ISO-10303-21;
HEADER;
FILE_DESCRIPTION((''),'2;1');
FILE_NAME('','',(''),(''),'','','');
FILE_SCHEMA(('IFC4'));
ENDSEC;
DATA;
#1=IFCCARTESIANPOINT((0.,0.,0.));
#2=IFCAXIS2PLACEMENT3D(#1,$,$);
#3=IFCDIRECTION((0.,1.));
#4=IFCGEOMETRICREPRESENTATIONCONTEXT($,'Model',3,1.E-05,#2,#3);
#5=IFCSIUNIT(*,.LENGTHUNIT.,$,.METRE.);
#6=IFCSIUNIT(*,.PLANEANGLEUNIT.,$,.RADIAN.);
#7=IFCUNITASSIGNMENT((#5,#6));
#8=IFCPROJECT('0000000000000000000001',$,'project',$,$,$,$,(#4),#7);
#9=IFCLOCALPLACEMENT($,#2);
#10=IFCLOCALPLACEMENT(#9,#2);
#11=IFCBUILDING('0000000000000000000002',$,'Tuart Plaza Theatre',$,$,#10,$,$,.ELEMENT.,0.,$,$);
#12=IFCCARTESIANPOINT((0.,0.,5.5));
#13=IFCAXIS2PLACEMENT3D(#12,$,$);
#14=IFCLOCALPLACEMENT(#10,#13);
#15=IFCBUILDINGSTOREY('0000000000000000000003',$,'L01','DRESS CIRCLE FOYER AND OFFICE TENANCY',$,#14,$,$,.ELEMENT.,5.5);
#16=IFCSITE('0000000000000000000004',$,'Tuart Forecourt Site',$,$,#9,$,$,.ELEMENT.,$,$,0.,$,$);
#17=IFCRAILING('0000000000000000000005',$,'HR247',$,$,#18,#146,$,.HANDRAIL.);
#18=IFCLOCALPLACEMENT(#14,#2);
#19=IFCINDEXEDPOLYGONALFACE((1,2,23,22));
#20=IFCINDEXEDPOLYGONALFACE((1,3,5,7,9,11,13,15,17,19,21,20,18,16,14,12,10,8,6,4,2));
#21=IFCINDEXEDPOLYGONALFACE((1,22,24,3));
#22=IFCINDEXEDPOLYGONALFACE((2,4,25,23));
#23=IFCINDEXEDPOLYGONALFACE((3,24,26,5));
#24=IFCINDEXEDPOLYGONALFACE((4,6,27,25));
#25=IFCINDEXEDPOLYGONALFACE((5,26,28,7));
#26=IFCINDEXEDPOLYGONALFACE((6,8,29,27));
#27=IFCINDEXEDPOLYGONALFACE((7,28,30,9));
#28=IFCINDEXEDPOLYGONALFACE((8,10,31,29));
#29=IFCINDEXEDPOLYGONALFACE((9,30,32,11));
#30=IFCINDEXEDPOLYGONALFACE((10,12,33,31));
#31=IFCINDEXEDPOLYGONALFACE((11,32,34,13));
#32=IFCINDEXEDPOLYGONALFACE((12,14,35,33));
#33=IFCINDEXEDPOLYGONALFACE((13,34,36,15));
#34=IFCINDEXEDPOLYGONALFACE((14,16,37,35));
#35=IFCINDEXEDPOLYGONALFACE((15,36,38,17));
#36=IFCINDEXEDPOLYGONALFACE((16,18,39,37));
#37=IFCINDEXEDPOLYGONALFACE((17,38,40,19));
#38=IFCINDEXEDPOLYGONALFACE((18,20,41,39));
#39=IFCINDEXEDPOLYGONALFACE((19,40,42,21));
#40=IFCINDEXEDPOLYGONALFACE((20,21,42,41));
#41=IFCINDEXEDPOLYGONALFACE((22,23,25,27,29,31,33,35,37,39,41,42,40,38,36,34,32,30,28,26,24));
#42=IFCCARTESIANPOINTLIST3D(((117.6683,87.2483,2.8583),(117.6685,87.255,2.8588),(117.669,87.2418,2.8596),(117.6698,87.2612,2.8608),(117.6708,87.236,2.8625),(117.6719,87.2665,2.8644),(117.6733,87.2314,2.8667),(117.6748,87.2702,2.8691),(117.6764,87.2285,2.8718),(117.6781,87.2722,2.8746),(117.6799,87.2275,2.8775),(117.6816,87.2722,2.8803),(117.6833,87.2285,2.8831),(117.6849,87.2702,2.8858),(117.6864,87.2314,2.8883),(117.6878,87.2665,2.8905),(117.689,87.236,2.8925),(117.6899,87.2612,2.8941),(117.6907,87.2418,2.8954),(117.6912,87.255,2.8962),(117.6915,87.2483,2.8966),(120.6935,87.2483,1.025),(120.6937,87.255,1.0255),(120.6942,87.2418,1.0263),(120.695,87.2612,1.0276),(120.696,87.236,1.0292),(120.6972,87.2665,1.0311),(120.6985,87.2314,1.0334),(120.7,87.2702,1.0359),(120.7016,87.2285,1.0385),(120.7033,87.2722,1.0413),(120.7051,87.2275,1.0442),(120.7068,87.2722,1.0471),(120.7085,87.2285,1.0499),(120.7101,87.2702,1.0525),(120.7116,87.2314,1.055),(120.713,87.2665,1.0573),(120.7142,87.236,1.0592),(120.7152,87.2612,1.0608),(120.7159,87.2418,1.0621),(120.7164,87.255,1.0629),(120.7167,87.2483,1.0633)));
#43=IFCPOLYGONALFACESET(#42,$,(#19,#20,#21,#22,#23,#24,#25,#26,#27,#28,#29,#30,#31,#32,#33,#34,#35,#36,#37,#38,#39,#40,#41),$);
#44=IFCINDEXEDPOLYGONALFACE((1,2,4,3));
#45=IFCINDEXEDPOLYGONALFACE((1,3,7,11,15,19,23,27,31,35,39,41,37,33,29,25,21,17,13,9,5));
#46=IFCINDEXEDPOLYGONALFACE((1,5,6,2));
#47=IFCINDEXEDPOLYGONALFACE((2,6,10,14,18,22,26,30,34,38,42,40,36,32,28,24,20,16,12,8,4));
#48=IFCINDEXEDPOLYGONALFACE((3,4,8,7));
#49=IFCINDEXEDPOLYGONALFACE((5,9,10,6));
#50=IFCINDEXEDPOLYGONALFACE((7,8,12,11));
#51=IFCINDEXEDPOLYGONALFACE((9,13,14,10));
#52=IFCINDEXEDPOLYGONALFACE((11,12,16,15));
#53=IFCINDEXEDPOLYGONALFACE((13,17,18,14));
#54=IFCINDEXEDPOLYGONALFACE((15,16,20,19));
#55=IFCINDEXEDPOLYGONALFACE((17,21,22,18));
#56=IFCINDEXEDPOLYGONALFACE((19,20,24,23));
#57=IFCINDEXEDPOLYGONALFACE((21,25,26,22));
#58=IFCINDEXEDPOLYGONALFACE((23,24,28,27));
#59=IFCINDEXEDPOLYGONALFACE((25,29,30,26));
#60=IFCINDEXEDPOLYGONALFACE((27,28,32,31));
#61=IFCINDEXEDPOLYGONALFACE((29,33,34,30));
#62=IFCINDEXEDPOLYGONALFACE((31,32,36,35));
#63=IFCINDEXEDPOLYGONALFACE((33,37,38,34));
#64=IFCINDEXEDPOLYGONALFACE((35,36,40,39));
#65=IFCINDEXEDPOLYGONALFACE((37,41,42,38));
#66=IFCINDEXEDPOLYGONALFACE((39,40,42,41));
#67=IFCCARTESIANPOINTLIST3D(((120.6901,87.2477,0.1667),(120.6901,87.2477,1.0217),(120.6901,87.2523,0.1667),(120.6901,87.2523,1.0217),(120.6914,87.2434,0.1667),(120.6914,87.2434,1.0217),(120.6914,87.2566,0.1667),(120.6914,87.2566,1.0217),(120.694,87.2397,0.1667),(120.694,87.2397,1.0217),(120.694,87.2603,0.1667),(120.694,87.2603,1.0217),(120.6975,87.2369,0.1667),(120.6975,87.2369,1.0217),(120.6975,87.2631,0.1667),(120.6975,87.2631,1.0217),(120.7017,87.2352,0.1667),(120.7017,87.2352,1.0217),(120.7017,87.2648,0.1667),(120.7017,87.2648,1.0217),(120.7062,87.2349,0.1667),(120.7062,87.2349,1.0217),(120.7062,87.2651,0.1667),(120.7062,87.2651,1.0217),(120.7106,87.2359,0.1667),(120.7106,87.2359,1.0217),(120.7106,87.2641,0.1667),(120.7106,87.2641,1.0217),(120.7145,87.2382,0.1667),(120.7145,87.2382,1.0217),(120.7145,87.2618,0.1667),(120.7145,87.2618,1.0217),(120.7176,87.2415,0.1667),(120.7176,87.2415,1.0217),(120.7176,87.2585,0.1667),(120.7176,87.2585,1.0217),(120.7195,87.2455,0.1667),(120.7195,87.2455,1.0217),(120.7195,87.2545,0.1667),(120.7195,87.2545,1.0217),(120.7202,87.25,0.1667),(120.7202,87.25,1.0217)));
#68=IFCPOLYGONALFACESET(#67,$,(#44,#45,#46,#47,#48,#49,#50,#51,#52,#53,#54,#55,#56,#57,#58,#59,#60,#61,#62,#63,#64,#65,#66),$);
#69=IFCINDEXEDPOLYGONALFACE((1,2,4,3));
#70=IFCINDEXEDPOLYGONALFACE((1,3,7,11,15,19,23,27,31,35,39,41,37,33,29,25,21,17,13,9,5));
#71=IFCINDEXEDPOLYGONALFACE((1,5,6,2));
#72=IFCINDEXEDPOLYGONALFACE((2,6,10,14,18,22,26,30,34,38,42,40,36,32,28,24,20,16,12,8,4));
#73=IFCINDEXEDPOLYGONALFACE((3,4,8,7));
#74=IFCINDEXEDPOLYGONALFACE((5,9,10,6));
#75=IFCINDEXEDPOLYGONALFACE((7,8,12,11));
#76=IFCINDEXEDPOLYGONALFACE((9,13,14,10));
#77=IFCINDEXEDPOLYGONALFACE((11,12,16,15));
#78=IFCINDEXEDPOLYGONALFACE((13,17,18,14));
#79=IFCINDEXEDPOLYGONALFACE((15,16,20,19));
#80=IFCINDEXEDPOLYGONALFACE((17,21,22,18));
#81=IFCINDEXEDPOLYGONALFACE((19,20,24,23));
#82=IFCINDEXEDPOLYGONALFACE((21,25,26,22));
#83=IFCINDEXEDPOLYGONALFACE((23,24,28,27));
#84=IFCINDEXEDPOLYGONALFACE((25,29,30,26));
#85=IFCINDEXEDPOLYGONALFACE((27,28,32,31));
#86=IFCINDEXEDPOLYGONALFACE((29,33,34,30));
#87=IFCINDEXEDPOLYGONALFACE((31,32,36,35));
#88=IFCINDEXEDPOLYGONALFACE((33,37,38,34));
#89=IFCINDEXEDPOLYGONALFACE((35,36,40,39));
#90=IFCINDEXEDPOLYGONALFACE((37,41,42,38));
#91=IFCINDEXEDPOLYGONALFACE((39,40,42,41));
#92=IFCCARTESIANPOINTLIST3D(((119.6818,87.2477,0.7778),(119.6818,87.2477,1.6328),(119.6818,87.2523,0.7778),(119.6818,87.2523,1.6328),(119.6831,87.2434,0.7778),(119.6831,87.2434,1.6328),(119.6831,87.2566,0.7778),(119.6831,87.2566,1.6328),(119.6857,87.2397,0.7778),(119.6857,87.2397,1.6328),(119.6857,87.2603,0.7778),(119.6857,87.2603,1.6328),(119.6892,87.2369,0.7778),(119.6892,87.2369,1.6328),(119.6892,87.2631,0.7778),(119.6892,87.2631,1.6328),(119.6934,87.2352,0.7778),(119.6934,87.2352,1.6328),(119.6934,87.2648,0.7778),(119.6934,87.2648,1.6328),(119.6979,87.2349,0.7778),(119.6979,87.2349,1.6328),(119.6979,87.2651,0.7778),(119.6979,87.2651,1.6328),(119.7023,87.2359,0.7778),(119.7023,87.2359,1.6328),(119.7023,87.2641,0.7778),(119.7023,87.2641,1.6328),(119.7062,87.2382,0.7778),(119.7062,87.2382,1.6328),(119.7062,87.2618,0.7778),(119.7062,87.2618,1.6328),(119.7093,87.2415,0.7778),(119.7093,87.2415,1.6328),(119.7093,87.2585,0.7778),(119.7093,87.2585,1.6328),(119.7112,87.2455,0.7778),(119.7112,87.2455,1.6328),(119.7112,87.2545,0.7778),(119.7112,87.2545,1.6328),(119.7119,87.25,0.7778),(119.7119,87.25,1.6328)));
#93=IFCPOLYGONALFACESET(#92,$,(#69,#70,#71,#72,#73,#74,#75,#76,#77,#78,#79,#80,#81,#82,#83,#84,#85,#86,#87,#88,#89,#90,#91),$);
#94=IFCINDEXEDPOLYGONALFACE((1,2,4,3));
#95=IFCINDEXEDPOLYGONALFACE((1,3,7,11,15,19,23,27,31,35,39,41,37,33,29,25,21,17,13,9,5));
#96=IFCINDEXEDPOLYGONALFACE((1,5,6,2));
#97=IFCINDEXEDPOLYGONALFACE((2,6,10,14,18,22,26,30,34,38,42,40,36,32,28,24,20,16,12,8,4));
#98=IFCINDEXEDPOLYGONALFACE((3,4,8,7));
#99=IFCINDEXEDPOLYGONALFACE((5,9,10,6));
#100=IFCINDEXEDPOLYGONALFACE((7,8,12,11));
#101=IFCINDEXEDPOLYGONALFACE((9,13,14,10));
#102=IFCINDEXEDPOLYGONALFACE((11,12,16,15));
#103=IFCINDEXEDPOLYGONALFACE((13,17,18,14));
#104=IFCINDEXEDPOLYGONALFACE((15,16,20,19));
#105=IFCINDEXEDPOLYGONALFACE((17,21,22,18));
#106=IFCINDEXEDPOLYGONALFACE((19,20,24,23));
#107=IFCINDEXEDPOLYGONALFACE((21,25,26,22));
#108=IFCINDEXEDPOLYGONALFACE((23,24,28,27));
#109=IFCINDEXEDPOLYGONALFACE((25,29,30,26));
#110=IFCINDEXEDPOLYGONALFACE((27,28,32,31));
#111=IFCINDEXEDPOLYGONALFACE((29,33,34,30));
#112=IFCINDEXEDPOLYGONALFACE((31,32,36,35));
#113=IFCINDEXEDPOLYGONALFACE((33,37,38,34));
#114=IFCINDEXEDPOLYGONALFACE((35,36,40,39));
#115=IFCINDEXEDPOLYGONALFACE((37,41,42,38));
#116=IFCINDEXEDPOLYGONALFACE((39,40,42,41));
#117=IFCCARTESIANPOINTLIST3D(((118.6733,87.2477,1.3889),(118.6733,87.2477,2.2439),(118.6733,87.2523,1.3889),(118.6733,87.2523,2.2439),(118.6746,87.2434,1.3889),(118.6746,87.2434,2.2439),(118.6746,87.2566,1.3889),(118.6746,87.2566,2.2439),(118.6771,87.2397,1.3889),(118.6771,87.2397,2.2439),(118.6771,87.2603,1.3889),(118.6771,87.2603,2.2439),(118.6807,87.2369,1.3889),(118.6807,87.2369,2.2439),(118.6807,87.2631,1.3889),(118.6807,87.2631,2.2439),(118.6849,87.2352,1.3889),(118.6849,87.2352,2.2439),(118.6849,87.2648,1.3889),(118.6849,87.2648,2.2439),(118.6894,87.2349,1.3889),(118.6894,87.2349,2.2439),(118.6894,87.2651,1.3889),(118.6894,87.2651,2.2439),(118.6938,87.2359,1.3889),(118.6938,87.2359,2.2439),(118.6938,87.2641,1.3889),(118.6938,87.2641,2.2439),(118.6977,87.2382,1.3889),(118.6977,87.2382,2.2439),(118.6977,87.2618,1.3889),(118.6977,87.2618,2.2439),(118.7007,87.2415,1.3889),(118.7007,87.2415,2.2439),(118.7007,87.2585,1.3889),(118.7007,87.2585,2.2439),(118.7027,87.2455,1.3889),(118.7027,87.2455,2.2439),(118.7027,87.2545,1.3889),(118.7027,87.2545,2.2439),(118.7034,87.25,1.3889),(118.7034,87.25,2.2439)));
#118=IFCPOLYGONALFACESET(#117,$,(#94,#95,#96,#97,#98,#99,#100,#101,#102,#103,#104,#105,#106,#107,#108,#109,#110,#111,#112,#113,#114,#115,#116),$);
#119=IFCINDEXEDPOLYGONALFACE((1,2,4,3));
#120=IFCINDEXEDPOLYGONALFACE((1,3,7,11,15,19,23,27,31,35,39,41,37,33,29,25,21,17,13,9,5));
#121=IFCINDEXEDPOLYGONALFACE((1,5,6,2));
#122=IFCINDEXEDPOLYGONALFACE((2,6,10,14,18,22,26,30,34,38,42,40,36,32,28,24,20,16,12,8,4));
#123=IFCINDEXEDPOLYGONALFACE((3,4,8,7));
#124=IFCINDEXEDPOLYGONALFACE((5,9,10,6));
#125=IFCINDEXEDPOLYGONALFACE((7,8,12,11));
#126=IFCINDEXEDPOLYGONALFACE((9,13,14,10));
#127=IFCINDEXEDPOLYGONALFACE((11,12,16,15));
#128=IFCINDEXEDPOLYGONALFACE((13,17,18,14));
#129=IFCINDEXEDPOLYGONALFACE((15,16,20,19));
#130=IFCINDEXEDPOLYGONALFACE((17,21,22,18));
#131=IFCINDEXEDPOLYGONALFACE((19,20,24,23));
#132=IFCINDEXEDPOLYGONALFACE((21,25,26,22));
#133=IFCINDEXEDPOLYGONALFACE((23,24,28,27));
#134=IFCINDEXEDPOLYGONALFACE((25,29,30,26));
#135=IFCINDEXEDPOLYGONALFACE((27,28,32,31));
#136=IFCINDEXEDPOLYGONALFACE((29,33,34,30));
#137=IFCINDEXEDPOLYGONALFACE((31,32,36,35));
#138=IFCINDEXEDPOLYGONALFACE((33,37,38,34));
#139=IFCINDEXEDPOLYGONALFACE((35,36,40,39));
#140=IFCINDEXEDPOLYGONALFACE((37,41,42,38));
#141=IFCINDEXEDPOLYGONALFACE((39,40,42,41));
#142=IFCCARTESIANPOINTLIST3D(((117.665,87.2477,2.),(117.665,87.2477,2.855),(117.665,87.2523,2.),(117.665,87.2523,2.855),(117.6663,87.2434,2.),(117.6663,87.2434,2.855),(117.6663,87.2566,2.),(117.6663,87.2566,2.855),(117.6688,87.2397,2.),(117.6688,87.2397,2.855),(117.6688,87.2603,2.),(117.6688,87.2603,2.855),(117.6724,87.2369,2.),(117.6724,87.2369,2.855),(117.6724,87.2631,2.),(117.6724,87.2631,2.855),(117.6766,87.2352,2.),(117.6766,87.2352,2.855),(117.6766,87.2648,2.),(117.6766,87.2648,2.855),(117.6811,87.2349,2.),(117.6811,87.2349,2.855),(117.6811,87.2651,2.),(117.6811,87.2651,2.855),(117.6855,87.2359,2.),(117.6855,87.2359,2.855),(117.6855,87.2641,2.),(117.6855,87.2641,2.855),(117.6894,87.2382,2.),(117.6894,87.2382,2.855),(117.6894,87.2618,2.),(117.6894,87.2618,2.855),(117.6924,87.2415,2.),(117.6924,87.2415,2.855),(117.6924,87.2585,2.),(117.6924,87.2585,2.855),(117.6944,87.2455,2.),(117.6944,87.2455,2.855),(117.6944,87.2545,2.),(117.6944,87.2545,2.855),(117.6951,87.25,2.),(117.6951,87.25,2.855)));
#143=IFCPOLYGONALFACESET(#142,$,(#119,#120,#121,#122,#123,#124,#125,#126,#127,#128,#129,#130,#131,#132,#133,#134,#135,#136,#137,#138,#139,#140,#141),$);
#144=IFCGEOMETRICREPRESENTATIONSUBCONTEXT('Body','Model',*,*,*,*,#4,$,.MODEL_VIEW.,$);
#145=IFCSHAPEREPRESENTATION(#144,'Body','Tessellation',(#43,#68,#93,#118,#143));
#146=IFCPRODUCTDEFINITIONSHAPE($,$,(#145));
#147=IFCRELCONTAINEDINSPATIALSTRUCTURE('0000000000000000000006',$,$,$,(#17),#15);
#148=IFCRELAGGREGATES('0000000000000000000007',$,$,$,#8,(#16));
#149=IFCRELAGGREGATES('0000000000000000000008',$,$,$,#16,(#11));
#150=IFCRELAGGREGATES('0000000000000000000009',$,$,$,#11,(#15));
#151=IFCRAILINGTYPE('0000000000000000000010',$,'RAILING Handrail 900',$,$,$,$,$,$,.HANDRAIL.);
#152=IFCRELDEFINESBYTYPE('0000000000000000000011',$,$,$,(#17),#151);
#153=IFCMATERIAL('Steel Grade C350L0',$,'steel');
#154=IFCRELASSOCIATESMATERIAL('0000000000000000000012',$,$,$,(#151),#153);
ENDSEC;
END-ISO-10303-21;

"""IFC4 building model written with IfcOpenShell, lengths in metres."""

from ifc_helpers import new_model, si_unit, direction, frame, origin, origin_2d, place, context, subcontext, project, spatial, circle, extrude, material, type_object, element, save


model = new_model("IFC4")

# Units and contexts
model_context = context("Model", 3, precision=1e-05, world=origin(), true_north=direction((0.0, 1.0)))
body_context = subcontext(model_context, "Body", "Model", "MODEL_VIEW")
ifc_project = project(units=[si_unit("LENGTHUNIT", "METRE"), si_unit("PLANEANGLEUNIT", "RADIAN")], contexts=[model_context])

# Site, building, storey
site_placement = place(None, origin())
site = spatial("IfcSite", under=ifc_project, at=site_placement, Name="Tuart Forecourt Site", CompositionType="ELEMENT", RefElevation=0.0)
building_placement = place(site_placement, origin())
building = spatial("IfcBuilding", under=site, at=building_placement, Name="Tuart Plaza Theatre", CompositionType="ELEMENT", ElevationOfRefHeight=0.0)
storey_placement = place(building_placement, frame((0.0, 0.0, 5.5)))
storey = spatial("IfcBuildingStorey", under=building, at=storey_placement, Name="L01", Description="DRESS CIRCLE FOYER AND OFFICE TENANCY", CompositionType="ELEMENT", Elevation=5.5)

# Railing
ifc_material_1 = material(Name="Steel Grade C350L0", Category="steel")
railing_type_1 = type_object("IfcRailingType", Name="RAILING Handrail 900", PredefinedType="HANDRAIL", material=ifc_material_1)
for number, where, name in (
    (1, (120.7051, 87.25, 0.1667), "HR247"),
):
    element("IfcRailing", number, at=place(storey_placement, frame(where)), inside=storey, type_object=railing_type_1, Name=name, PredefinedType="HANDRAIL", context=body_context, shape_type="SweptSolid", body=[
        extrude(circle(Radius=0.0225, at=origin_2d()), frame((0.0, 0.0, 0.8774), z_axis=(-0.855219, 0.0, 0.518267), x_axis=(0.0, -1.0, 0.0)), (0.0, 0.0, 1.0), 3.5374),
        extrude(circle(Radius=0.0151, at=origin_2d()), origin(), (0.0, 0.0, 1.0), 0.855),
        extrude(circle(Radius=0.0151, at=origin_2d()), frame((-1.0083, 0.0, 0.6111)), (0.0, 0.0, 1.0), 0.855),
        extrude(circle(Radius=0.0151, at=origin_2d()), frame((-2.0168, 0.0, 1.2222)), (0.0, 0.0, 1.0), 0.855),
        extrude(circle(Radius=0.0151, at=origin_2d()), frame((-3.0251, 0.0, 1.8333)), (0.0, 0.0, 1.0), 0.855),
    ])

save(model, "model.ifc")
